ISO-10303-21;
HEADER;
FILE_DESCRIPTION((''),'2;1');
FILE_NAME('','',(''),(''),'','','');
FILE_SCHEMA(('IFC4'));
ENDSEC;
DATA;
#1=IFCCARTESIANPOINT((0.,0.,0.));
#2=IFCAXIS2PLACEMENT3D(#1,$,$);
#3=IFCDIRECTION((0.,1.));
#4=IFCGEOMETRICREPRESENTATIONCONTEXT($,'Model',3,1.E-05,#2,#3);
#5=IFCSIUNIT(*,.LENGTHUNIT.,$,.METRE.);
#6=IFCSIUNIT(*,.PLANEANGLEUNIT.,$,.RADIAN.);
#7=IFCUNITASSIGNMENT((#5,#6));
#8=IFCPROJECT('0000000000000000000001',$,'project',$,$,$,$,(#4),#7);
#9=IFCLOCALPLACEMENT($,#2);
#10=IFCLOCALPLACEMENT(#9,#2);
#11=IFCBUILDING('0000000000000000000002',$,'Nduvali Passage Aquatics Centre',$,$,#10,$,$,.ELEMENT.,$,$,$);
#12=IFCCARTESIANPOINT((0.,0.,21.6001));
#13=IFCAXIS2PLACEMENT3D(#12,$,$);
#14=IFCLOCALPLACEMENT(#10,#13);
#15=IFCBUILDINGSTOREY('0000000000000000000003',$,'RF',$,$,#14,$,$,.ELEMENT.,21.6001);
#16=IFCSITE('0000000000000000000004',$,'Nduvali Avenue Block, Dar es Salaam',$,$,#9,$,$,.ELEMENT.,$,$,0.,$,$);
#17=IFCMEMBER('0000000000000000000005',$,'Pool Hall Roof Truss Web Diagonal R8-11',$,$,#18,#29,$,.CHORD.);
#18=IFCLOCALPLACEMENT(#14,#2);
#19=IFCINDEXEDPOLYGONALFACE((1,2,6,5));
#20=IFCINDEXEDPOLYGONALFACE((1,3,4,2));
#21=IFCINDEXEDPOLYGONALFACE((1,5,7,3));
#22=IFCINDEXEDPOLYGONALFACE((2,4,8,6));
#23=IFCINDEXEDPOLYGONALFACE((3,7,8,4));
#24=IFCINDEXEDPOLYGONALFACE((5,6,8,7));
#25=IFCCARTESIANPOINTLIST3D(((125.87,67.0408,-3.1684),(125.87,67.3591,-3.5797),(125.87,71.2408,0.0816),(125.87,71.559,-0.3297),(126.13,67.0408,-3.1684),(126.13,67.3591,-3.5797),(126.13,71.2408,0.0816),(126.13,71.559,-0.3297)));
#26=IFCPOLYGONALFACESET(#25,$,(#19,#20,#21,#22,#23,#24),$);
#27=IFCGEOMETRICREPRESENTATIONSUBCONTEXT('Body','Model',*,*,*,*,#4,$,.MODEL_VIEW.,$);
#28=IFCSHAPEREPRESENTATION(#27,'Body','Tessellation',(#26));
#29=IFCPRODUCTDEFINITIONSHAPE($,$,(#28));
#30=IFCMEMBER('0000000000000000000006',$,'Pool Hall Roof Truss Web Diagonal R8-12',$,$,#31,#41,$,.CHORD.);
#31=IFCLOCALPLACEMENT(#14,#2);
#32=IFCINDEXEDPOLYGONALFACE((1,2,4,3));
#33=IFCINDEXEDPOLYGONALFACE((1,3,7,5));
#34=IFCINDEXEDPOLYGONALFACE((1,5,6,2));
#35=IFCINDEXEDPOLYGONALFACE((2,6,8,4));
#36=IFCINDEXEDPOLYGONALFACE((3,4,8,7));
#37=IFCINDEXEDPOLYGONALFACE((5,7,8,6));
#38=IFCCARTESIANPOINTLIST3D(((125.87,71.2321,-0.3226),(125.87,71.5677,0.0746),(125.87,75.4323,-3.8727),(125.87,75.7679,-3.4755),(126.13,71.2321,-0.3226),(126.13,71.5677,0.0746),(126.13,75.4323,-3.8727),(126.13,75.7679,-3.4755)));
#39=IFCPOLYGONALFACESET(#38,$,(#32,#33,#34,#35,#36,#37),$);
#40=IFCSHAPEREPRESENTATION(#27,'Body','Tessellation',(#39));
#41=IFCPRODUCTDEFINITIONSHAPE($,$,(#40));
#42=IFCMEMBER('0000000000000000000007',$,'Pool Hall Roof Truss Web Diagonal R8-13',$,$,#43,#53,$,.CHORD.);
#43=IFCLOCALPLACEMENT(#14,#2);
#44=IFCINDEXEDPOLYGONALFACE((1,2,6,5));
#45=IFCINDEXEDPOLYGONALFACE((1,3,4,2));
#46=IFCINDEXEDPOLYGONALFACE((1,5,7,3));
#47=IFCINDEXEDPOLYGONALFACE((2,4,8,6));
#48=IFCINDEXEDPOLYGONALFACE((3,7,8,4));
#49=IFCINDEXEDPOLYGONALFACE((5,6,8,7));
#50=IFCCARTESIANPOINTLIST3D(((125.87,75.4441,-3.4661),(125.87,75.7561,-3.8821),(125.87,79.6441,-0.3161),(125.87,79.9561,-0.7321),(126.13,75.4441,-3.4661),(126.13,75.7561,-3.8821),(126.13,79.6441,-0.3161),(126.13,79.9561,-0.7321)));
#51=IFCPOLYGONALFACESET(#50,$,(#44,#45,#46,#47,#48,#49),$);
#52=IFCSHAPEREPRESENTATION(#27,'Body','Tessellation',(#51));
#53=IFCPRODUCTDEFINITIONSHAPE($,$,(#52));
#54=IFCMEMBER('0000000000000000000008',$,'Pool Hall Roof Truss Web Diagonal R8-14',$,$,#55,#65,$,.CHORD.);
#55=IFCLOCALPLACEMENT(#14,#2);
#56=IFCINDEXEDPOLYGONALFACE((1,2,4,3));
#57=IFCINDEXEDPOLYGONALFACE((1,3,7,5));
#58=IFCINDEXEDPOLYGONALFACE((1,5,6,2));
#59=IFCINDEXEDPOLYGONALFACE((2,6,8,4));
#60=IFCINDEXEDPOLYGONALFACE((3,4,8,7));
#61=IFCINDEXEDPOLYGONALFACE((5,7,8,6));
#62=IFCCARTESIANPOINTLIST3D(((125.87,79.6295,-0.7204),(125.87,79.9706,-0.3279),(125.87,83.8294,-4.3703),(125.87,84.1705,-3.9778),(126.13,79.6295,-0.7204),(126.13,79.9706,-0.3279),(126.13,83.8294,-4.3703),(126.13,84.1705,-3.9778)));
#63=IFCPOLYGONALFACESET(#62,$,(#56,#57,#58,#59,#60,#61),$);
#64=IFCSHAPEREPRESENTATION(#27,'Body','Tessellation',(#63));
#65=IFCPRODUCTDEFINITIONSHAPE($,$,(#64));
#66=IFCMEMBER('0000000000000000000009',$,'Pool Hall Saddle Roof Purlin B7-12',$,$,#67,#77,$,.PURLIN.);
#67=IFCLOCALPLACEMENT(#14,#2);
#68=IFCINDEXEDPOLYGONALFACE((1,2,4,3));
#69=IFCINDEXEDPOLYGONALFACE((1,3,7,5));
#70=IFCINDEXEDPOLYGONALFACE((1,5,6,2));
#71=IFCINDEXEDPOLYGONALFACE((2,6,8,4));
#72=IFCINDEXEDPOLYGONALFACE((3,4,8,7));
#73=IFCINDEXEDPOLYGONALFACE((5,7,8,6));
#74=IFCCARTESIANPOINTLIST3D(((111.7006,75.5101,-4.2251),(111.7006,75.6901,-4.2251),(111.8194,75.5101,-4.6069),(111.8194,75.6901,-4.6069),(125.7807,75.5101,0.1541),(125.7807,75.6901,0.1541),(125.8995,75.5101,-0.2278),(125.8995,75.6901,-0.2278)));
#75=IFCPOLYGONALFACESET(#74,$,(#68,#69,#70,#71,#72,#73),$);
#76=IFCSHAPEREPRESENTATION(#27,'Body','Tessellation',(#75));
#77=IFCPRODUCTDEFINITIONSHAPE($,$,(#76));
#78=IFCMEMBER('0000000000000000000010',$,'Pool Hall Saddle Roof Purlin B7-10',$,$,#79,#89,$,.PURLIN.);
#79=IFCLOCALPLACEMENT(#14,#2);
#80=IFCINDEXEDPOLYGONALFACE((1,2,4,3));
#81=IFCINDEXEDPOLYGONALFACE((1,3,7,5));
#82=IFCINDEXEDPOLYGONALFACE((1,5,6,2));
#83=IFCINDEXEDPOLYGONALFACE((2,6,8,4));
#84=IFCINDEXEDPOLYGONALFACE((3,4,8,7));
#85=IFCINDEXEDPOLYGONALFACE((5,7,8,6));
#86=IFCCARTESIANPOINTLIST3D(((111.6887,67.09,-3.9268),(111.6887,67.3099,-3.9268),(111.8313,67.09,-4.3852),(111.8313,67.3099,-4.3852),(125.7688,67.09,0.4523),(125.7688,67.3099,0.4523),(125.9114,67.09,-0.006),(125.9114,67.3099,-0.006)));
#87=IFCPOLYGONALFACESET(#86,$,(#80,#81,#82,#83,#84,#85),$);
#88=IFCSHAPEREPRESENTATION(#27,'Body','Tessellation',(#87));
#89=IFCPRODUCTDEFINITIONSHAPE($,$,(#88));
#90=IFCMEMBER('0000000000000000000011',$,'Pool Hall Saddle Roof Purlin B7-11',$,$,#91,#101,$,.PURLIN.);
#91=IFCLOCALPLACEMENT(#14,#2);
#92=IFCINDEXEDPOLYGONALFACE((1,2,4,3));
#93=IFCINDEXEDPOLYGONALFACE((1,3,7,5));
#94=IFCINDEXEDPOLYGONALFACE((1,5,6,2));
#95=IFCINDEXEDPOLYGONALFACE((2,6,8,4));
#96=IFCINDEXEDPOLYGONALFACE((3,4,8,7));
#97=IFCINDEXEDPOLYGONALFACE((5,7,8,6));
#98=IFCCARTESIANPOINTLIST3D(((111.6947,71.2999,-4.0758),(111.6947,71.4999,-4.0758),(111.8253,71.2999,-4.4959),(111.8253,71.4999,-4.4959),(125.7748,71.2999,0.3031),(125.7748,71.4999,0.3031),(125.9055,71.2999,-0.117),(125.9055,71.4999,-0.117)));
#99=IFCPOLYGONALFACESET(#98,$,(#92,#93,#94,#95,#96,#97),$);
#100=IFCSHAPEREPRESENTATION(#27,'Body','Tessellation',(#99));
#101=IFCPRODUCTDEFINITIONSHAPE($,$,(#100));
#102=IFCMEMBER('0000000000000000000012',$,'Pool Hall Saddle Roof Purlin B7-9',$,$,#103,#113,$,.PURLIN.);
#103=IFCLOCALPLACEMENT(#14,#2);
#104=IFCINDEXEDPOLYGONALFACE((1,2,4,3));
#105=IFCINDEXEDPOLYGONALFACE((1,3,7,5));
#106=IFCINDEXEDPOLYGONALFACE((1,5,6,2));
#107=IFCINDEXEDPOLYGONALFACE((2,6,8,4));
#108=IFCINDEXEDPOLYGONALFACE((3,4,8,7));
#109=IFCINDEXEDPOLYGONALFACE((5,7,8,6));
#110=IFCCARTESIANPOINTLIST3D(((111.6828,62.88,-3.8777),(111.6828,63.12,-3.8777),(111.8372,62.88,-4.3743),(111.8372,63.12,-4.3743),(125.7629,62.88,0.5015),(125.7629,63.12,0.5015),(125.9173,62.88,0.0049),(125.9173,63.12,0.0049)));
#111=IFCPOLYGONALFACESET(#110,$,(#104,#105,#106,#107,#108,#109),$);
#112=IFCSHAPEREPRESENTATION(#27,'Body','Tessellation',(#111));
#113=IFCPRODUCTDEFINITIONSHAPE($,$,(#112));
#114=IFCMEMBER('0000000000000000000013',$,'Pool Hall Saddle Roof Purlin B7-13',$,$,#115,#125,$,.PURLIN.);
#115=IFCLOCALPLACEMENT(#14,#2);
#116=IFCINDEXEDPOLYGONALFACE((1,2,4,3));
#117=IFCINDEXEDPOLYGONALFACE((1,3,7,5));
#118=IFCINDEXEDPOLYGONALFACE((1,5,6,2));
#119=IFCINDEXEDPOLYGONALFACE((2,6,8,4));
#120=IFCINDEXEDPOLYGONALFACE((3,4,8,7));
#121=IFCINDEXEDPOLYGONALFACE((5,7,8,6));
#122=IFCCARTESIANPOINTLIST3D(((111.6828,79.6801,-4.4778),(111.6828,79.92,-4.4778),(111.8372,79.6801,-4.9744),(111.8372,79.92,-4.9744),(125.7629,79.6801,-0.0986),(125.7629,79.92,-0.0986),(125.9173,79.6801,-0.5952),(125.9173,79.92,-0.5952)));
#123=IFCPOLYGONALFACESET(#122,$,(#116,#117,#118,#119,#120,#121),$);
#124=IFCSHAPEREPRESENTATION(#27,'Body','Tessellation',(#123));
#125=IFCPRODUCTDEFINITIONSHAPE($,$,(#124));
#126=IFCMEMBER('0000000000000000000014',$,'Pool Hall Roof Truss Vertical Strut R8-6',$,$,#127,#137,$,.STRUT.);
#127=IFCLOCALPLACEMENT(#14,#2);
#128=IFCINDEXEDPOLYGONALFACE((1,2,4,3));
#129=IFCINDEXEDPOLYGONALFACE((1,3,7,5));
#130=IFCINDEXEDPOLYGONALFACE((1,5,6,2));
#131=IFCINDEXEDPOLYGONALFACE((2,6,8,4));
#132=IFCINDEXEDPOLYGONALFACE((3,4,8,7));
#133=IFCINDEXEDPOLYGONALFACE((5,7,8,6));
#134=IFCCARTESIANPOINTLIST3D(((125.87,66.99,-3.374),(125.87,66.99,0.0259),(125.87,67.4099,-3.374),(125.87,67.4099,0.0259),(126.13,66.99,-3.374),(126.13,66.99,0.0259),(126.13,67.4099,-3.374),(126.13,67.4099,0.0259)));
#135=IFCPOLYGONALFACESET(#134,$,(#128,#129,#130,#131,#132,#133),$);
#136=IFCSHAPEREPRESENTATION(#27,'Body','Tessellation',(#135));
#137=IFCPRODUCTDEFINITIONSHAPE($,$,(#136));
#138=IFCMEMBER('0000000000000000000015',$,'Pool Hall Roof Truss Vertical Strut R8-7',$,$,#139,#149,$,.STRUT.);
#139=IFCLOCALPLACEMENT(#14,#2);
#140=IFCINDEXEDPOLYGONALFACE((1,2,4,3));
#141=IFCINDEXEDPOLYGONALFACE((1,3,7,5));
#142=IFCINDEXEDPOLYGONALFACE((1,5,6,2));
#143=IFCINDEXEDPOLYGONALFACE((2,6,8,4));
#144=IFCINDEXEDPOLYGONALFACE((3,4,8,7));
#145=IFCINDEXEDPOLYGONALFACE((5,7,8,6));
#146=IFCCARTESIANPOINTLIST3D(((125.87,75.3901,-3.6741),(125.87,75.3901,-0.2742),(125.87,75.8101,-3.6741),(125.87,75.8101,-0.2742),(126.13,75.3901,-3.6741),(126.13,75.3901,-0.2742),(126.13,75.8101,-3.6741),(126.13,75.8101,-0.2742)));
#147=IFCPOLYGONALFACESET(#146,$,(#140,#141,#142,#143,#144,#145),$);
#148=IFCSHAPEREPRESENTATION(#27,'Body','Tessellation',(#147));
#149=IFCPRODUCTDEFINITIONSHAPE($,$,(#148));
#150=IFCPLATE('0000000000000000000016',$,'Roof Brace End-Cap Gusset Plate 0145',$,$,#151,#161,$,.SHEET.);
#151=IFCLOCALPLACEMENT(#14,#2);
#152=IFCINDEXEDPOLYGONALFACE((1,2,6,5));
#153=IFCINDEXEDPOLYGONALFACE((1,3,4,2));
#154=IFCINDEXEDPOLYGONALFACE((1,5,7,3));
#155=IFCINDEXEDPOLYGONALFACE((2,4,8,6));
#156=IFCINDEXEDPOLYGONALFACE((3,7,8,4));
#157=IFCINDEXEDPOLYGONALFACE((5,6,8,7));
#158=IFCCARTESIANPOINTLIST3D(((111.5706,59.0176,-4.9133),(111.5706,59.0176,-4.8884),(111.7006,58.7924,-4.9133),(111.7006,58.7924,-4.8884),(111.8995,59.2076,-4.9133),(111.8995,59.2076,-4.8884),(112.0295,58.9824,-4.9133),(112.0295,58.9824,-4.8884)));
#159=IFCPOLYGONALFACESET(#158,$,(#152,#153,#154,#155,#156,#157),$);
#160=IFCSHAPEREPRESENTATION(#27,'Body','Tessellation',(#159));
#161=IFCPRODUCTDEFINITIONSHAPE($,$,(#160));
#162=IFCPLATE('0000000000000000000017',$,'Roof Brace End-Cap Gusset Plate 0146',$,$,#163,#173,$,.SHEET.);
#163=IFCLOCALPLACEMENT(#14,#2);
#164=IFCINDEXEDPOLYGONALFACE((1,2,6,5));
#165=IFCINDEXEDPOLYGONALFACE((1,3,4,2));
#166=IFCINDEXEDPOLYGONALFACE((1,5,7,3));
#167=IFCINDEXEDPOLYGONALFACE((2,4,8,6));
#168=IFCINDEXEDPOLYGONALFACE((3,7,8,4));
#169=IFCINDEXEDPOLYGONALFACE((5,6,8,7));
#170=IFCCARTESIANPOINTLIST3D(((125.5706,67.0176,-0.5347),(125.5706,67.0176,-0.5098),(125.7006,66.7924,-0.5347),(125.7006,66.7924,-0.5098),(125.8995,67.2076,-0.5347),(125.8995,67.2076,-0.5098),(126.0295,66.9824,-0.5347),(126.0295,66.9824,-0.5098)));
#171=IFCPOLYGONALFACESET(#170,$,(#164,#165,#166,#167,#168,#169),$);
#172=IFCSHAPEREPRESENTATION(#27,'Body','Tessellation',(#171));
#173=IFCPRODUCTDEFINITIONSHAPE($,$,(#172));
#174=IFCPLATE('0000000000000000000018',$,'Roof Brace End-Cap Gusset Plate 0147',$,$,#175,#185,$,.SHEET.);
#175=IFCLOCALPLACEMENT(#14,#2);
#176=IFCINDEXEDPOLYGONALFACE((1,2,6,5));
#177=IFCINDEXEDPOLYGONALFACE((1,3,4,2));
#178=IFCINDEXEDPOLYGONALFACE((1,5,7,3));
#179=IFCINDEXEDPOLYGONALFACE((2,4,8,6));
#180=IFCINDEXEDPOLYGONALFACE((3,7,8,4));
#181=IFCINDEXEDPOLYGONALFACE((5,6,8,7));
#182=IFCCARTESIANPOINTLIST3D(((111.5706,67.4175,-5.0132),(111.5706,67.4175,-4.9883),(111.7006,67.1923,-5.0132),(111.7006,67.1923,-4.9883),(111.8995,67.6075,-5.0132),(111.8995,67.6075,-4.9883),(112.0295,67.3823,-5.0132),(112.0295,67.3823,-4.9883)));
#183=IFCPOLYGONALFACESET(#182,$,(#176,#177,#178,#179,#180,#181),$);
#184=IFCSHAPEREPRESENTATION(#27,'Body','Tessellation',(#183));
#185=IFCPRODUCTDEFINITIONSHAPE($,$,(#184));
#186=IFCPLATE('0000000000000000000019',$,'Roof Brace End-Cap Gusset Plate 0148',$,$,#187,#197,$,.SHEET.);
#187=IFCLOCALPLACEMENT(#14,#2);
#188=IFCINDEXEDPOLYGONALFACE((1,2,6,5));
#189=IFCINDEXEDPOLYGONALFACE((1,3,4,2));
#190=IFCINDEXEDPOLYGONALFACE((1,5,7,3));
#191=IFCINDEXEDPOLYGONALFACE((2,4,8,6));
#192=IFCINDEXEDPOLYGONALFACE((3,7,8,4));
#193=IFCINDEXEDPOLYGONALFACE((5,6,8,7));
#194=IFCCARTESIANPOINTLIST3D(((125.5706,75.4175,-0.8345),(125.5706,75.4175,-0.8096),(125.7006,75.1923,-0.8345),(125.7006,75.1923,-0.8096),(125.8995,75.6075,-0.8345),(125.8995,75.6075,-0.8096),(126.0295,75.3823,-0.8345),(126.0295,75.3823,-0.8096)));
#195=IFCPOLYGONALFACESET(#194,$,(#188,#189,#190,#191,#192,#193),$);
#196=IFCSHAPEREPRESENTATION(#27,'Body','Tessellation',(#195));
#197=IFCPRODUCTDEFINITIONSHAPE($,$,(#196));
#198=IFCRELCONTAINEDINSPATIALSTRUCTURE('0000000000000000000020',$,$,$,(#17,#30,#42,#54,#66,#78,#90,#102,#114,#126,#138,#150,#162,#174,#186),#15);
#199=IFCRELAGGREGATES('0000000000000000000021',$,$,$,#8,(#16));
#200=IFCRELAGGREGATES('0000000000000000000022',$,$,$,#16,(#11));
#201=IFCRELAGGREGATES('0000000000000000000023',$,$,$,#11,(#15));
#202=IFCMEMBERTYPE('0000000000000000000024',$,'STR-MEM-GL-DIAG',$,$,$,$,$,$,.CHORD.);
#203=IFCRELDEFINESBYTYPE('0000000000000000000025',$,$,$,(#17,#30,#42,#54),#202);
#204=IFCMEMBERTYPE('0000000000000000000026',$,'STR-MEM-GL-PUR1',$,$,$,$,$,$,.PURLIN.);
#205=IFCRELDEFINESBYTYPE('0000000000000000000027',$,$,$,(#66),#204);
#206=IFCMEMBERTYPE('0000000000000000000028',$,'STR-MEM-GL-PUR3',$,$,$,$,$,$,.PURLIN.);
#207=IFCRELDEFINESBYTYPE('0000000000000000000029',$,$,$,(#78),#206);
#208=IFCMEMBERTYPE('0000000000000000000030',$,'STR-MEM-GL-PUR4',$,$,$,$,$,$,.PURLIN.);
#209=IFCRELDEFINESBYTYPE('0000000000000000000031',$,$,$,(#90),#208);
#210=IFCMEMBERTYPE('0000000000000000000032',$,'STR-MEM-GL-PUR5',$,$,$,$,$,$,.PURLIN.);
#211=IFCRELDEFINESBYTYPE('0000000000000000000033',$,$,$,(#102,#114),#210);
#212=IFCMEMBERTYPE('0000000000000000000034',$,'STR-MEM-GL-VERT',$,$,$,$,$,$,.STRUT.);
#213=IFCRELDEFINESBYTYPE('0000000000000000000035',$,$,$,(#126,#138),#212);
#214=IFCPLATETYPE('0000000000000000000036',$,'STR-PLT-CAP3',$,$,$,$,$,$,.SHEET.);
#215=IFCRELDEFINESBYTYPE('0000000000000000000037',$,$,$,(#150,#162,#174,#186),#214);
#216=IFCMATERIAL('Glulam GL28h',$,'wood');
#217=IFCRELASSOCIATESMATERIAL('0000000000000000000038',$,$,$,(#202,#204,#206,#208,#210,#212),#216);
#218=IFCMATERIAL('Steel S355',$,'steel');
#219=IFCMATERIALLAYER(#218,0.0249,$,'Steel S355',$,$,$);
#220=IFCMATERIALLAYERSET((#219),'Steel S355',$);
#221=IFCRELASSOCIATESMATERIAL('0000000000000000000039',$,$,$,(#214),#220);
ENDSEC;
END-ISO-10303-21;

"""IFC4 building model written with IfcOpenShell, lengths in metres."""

from ifc_helpers import new_model, si_unit, direction, frame, origin, origin_2d, place, context, subcontext, project, spatial, rectangle, extrude, material, layer, layer_set, material_profile, profile_set, type_object, element, save


model = new_model("IFC4")

# Units and contexts
model_context = context("Model", 3, precision=1e-05, world=origin(), true_north=direction((0.0, 1.0)))
body_context = subcontext(model_context, "Body", "Model", "MODEL_VIEW")
ifc_project = project(units=[si_unit("LENGTHUNIT", "METRE"), si_unit("PLANEANGLEUNIT", "RADIAN")], contexts=[model_context])

# Site, building, storey
site_placement = place(None, origin())
site = spatial("IfcSite", under=ifc_project, at=site_placement, Name="Nduvali Avenue Block, Dar es Salaam", CompositionType="ELEMENT", RefElevation=0.0)
building_placement = place(site_placement, origin())
building = spatial("IfcBuilding", under=site, at=building_placement, Name="Nduvali Passage Aquatics Centre", CompositionType="ELEMENT")
storey_placement = place(building_placement, frame((0.0, 0.0, 21.6001)))
storey = spatial("IfcBuildingStorey", under=building, at=storey_placement, Name="RF", CompositionType="ELEMENT", Elevation=21.6001)

# Members
ifc_material_1 = material(Name="Steel S355", Category="steel")
ifc_material_2 = material(Name="Glulam GL28h", Category="wood")
ifc_material_profile_1 = material_profile(ifc_material_2, rectangle(XDim=0.26, YDim=0.52, at=origin_2d()), Name="GL28h 260x520")
ifc_profile_set_1 = profile_set([ifc_material_profile_1], Name="Glulam GL28h")
member_type_1 = type_object("IfcMemberType", Name="STR-MEM-GL-DIAG", PredefinedType="CHORD", material=ifc_profile_set_1)
member_1_placement = place(storey_placement, frame((126.0, 67.2, -3.374), z_axis=(0.0, 0.790867, 0.611988), x_axis=(-1.0, 0.0, 0.0)))
element("IfcMember", 1, at=member_1_placement, inside=storey, type_object=member_type_1, Name="Pool Hall Roof Truss Web Diagonal R8-11", PredefinedType="CHORD", context=body_context, shape_type="SweptSolid", body=[
    extrude(rectangle(XDim=0.26, YDim=0.52, at=origin_2d()), origin(), (0.0, 0.0, 1.0), 5.3105),
])
member_2_placement = place(storey_placement, frame((126.0, 71.3999, -0.124), z_axis=(0.0, 0.763741, -0.645522), x_axis=(-1.0, 0.0, 0.0)))
element("IfcMember", 2, at=member_2_placement, inside=storey, type_object=member_type_1, Name="Pool Hall Roof Truss Web Diagonal R8-12", PredefinedType="CHORD", context=body_context, shape_type="SweptSolid", body=[
    extrude(rectangle(XDim=0.26, YDim=0.52, at=origin_2d()), origin(), (0.0, 0.0, 1.0), 5.4995),
])
member_3_placement = place(storey_placement, frame((126.0, 75.6001, -3.6741), z_axis=(0.0, 0.800006, 0.599993), x_axis=(-1.0, 0.0, 0.0)))
element("IfcMember", 3, at=member_3_placement, inside=storey, type_object=member_type_1, Name="Pool Hall Roof Truss Web Diagonal R8-13", PredefinedType="CHORD", context=body_context, shape_type="SweptSolid", body=[
    extrude(rectangle(XDim=0.26, YDim=0.52, at=origin_2d()), origin(), (0.0, 0.0, 1.0), 5.25),
])
member_4_placement = place(storey_placement, frame((126.0, 79.8, -0.5242), z_axis=(0.0, 0.754804, -0.655951), x_axis=(-1.0, 0.0, 0.0)))
element("IfcMember", 4, at=member_4_placement, inside=storey, type_object=member_type_1, Name="Pool Hall Roof Truss Web Diagonal R8-14", PredefinedType="CHORD", context=body_context, shape_type="SweptSolid", body=[
    extrude(rectangle(XDim=0.26, YDim=0.52, at=origin_2d()), origin(), (0.0, 0.0, 1.0), 5.5642),
])
ifc_material_profile_2 = material_profile(ifc_material_2, rectangle(XDim=0.1799, YDim=0.3999, at=origin_2d()), Name="GL28h 180x400")
ifc_profile_set_2 = profile_set([ifc_material_profile_2], Name="Glulam GL28h")
member_type_2 = type_object("IfcMemberType", Name="STR-MEM-GL-PUR1", PredefinedType="PURLIN", material=ifc_profile_set_2)
member_5_placement = place(storey_placement, frame((111.76, 75.6001, -4.416), z_axis=(0.954882, 0.0, 0.296985), x_axis=(0.0, 1.0, 0.0)))
element("IfcMember", 5, at=member_5_placement, inside=storey, type_object=member_type_2, Name="Pool Hall Saddle Roof Purlin B7-12", PredefinedType="PURLIN", context=body_context, shape_type="SweptSolid", body=[
    extrude(rectangle(XDim=0.1799, YDim=0.3999, at=origin_2d()), origin(), (0.0, 0.0, 1.0), 14.7454),
])
ifc_material_profile_3 = material_profile(ifc_material_2, rectangle(XDim=0.22, YDim=0.48, at=origin_2d()), Name="GL28h 220x480")
ifc_profile_set_3 = profile_set([ifc_material_profile_3], Name="Glulam GL28h")
member_type_3 = type_object("IfcMemberType", Name="STR-MEM-GL-PUR3", PredefinedType="PURLIN", material=ifc_profile_set_3)
member_6_placement = place(storey_placement, frame((111.76, 67.2, -4.156), z_axis=(0.954882, 0.0, 0.296985), x_axis=(0.0, 1.0, 0.0)))
element("IfcMember", 6, at=member_6_placement, inside=storey, type_object=member_type_3, Name="Pool Hall Saddle Roof Purlin B7-10", PredefinedType="PURLIN", context=body_context, shape_type="SweptSolid", body=[
    extrude(rectangle(XDim=0.22, YDim=0.48, at=origin_2d()), origin(), (0.0, 0.0, 1.0), 14.7454),
])
ifc_material_profile_4 = material_profile(ifc_material_2, rectangle(XDim=0.2, YDim=0.4399, at=origin_2d()), Name="GL28h 200x440")
ifc_profile_set_4 = profile_set([ifc_material_profile_4], Name="Glulam GL28h")
member_type_4 = type_object("IfcMemberType", Name="STR-MEM-GL-PUR4", PredefinedType="PURLIN", material=ifc_profile_set_4)
member_7_placement = place(storey_placement, frame((111.76, 71.3999, -4.2859), z_axis=(0.954887, 0.0, 0.29697), x_axis=(0.0, 1.0, 0.0)))
element("IfcMember", 7, at=member_7_placement, inside=storey, type_object=member_type_4, Name="Pool Hall Saddle Roof Purlin B7-11", PredefinedType="PURLIN", context=body_context, shape_type="SweptSolid", body=[
    extrude(rectangle(XDim=0.2, YDim=0.4399, at=origin_2d()), origin(), (0.0, 0.0, 1.0), 14.7454),
])
ifc_material_profile_5 = material_profile(ifc_material_2, rectangle(XDim=0.24, YDim=0.52, at=origin_2d()), Name="GL28h 240x520")
ifc_profile_set_5 = profile_set([ifc_material_profile_5], Name="Glulam GL28h")
member_type_5 = type_object("IfcMemberType", Name="STR-MEM-GL-PUR5", PredefinedType="PURLIN", material=ifc_profile_set_5)
for number, where, z_axis, x_axis, name in (
    (8, (111.76, 63.0, -4.126), (0.954882, 0.0, 0.296985), (0.0, 1.0, 0.0), "Pool Hall Saddle Roof Purlin B7-9"),
    (9, (111.76, 79.8, -4.7261), (0.954882, 0.0, 0.296985), (0.0, 1.0, 0.0), "Pool Hall Saddle Roof Purlin B7-13"),
):
    element("IfcMember", number, at=place(storey_placement, frame(where, z_axis=z_axis, x_axis=x_axis)), inside=storey, type_object=member_type_5, Name=name, PredefinedType="PURLIN", context=body_context, shape_type="SweptSolid", body=[
        extrude(rectangle(XDim=0.24, YDim=0.52, at=origin_2d()), origin(), (0.0, 0.0, 1.0), 14.7454),
    ])
ifc_material_profile_6 = material_profile(ifc_material_2, rectangle(XDim=0.26, YDim=0.4199, at=origin_2d()), Name="GL28h 260x420")
ifc_profile_set_6 = profile_set([ifc_material_profile_6], Name="Glulam GL28h")
member_type_6 = type_object("IfcMemberType", Name="STR-MEM-GL-VERT", PredefinedType="STRUT", material=ifc_profile_set_6)
for number, where, z_axis, x_axis, name in (
    (10, (126.0, 67.2, -3.374), (0.0, 0.0, 1.0), (1.0, 0.0, 0.0), "Pool Hall Roof Truss Vertical Strut R8-6"),
    (11, (126.0, 75.6001, -3.6741), (0.0, 0.0, 1.0), (1.0, 0.0, 0.0), "Pool Hall Roof Truss Vertical Strut R8-7"),
):
    element("IfcMember", number, at=place(storey_placement, frame(where, z_axis=z_axis, x_axis=x_axis)), inside=storey, type_object=member_type_6, Name=name, PredefinedType="STRUT", context=body_context, shape_type="SweptSolid", body=[
        extrude(rectangle(XDim=0.26, YDim=0.4199, at=origin_2d()), origin(), (0.0, 0.0, 1.0), 3.3999),
    ])

# Plates
ifc_layer_1 = layer(ifc_material_1, 0.0249, Name="Steel S355")
ifc_layer_set_1 = layer_set([ifc_layer_1], Name="Steel S355")
plate_type_1 = type_object("IfcPlateType", Name="STR-PLT-CAP3", PredefinedType="SHEET", material=ifc_layer_set_1)
for number, where, z_axis, x_axis, name in (
    (12, (111.8, 59.0, -4.9133), (0.0, 0.0, 1.0), (0.866025, 0.5, 0.0), "Roof Brace End-Cap Gusset Plate 0145"),
    (13, (125.8, 67.0, -0.5347), (0.0, 0.0, 1.0), (0.866025, 0.5, 0.0), "Roof Brace End-Cap Gusset Plate 0146"),
    (14, (111.8, 67.3999, -5.0132), (0.0, 0.0, 1.0), (0.866025, 0.5, 0.0), "Roof Brace End-Cap Gusset Plate 0147"),
    (15, (125.8, 75.3999, -0.8345), (0.0, 0.0, 1.0), (0.866025, 0.5, 0.0), "Roof Brace End-Cap Gusset Plate 0148"),
):
    element("IfcPlate", number, at=place(storey_placement, frame(where, z_axis=z_axis, x_axis=x_axis)), inside=storey, type_object=plate_type_1, Name=name, PredefinedType="SHEET", context=body_context, shape_type="SweptSolid", body=[
        extrude(rectangle(XDim=0.3799, YDim=0.26, at=origin_2d()), origin(), (0.0, 0.0, 1.0), 0.0249),
    ])

save(model, "model.ifc")
